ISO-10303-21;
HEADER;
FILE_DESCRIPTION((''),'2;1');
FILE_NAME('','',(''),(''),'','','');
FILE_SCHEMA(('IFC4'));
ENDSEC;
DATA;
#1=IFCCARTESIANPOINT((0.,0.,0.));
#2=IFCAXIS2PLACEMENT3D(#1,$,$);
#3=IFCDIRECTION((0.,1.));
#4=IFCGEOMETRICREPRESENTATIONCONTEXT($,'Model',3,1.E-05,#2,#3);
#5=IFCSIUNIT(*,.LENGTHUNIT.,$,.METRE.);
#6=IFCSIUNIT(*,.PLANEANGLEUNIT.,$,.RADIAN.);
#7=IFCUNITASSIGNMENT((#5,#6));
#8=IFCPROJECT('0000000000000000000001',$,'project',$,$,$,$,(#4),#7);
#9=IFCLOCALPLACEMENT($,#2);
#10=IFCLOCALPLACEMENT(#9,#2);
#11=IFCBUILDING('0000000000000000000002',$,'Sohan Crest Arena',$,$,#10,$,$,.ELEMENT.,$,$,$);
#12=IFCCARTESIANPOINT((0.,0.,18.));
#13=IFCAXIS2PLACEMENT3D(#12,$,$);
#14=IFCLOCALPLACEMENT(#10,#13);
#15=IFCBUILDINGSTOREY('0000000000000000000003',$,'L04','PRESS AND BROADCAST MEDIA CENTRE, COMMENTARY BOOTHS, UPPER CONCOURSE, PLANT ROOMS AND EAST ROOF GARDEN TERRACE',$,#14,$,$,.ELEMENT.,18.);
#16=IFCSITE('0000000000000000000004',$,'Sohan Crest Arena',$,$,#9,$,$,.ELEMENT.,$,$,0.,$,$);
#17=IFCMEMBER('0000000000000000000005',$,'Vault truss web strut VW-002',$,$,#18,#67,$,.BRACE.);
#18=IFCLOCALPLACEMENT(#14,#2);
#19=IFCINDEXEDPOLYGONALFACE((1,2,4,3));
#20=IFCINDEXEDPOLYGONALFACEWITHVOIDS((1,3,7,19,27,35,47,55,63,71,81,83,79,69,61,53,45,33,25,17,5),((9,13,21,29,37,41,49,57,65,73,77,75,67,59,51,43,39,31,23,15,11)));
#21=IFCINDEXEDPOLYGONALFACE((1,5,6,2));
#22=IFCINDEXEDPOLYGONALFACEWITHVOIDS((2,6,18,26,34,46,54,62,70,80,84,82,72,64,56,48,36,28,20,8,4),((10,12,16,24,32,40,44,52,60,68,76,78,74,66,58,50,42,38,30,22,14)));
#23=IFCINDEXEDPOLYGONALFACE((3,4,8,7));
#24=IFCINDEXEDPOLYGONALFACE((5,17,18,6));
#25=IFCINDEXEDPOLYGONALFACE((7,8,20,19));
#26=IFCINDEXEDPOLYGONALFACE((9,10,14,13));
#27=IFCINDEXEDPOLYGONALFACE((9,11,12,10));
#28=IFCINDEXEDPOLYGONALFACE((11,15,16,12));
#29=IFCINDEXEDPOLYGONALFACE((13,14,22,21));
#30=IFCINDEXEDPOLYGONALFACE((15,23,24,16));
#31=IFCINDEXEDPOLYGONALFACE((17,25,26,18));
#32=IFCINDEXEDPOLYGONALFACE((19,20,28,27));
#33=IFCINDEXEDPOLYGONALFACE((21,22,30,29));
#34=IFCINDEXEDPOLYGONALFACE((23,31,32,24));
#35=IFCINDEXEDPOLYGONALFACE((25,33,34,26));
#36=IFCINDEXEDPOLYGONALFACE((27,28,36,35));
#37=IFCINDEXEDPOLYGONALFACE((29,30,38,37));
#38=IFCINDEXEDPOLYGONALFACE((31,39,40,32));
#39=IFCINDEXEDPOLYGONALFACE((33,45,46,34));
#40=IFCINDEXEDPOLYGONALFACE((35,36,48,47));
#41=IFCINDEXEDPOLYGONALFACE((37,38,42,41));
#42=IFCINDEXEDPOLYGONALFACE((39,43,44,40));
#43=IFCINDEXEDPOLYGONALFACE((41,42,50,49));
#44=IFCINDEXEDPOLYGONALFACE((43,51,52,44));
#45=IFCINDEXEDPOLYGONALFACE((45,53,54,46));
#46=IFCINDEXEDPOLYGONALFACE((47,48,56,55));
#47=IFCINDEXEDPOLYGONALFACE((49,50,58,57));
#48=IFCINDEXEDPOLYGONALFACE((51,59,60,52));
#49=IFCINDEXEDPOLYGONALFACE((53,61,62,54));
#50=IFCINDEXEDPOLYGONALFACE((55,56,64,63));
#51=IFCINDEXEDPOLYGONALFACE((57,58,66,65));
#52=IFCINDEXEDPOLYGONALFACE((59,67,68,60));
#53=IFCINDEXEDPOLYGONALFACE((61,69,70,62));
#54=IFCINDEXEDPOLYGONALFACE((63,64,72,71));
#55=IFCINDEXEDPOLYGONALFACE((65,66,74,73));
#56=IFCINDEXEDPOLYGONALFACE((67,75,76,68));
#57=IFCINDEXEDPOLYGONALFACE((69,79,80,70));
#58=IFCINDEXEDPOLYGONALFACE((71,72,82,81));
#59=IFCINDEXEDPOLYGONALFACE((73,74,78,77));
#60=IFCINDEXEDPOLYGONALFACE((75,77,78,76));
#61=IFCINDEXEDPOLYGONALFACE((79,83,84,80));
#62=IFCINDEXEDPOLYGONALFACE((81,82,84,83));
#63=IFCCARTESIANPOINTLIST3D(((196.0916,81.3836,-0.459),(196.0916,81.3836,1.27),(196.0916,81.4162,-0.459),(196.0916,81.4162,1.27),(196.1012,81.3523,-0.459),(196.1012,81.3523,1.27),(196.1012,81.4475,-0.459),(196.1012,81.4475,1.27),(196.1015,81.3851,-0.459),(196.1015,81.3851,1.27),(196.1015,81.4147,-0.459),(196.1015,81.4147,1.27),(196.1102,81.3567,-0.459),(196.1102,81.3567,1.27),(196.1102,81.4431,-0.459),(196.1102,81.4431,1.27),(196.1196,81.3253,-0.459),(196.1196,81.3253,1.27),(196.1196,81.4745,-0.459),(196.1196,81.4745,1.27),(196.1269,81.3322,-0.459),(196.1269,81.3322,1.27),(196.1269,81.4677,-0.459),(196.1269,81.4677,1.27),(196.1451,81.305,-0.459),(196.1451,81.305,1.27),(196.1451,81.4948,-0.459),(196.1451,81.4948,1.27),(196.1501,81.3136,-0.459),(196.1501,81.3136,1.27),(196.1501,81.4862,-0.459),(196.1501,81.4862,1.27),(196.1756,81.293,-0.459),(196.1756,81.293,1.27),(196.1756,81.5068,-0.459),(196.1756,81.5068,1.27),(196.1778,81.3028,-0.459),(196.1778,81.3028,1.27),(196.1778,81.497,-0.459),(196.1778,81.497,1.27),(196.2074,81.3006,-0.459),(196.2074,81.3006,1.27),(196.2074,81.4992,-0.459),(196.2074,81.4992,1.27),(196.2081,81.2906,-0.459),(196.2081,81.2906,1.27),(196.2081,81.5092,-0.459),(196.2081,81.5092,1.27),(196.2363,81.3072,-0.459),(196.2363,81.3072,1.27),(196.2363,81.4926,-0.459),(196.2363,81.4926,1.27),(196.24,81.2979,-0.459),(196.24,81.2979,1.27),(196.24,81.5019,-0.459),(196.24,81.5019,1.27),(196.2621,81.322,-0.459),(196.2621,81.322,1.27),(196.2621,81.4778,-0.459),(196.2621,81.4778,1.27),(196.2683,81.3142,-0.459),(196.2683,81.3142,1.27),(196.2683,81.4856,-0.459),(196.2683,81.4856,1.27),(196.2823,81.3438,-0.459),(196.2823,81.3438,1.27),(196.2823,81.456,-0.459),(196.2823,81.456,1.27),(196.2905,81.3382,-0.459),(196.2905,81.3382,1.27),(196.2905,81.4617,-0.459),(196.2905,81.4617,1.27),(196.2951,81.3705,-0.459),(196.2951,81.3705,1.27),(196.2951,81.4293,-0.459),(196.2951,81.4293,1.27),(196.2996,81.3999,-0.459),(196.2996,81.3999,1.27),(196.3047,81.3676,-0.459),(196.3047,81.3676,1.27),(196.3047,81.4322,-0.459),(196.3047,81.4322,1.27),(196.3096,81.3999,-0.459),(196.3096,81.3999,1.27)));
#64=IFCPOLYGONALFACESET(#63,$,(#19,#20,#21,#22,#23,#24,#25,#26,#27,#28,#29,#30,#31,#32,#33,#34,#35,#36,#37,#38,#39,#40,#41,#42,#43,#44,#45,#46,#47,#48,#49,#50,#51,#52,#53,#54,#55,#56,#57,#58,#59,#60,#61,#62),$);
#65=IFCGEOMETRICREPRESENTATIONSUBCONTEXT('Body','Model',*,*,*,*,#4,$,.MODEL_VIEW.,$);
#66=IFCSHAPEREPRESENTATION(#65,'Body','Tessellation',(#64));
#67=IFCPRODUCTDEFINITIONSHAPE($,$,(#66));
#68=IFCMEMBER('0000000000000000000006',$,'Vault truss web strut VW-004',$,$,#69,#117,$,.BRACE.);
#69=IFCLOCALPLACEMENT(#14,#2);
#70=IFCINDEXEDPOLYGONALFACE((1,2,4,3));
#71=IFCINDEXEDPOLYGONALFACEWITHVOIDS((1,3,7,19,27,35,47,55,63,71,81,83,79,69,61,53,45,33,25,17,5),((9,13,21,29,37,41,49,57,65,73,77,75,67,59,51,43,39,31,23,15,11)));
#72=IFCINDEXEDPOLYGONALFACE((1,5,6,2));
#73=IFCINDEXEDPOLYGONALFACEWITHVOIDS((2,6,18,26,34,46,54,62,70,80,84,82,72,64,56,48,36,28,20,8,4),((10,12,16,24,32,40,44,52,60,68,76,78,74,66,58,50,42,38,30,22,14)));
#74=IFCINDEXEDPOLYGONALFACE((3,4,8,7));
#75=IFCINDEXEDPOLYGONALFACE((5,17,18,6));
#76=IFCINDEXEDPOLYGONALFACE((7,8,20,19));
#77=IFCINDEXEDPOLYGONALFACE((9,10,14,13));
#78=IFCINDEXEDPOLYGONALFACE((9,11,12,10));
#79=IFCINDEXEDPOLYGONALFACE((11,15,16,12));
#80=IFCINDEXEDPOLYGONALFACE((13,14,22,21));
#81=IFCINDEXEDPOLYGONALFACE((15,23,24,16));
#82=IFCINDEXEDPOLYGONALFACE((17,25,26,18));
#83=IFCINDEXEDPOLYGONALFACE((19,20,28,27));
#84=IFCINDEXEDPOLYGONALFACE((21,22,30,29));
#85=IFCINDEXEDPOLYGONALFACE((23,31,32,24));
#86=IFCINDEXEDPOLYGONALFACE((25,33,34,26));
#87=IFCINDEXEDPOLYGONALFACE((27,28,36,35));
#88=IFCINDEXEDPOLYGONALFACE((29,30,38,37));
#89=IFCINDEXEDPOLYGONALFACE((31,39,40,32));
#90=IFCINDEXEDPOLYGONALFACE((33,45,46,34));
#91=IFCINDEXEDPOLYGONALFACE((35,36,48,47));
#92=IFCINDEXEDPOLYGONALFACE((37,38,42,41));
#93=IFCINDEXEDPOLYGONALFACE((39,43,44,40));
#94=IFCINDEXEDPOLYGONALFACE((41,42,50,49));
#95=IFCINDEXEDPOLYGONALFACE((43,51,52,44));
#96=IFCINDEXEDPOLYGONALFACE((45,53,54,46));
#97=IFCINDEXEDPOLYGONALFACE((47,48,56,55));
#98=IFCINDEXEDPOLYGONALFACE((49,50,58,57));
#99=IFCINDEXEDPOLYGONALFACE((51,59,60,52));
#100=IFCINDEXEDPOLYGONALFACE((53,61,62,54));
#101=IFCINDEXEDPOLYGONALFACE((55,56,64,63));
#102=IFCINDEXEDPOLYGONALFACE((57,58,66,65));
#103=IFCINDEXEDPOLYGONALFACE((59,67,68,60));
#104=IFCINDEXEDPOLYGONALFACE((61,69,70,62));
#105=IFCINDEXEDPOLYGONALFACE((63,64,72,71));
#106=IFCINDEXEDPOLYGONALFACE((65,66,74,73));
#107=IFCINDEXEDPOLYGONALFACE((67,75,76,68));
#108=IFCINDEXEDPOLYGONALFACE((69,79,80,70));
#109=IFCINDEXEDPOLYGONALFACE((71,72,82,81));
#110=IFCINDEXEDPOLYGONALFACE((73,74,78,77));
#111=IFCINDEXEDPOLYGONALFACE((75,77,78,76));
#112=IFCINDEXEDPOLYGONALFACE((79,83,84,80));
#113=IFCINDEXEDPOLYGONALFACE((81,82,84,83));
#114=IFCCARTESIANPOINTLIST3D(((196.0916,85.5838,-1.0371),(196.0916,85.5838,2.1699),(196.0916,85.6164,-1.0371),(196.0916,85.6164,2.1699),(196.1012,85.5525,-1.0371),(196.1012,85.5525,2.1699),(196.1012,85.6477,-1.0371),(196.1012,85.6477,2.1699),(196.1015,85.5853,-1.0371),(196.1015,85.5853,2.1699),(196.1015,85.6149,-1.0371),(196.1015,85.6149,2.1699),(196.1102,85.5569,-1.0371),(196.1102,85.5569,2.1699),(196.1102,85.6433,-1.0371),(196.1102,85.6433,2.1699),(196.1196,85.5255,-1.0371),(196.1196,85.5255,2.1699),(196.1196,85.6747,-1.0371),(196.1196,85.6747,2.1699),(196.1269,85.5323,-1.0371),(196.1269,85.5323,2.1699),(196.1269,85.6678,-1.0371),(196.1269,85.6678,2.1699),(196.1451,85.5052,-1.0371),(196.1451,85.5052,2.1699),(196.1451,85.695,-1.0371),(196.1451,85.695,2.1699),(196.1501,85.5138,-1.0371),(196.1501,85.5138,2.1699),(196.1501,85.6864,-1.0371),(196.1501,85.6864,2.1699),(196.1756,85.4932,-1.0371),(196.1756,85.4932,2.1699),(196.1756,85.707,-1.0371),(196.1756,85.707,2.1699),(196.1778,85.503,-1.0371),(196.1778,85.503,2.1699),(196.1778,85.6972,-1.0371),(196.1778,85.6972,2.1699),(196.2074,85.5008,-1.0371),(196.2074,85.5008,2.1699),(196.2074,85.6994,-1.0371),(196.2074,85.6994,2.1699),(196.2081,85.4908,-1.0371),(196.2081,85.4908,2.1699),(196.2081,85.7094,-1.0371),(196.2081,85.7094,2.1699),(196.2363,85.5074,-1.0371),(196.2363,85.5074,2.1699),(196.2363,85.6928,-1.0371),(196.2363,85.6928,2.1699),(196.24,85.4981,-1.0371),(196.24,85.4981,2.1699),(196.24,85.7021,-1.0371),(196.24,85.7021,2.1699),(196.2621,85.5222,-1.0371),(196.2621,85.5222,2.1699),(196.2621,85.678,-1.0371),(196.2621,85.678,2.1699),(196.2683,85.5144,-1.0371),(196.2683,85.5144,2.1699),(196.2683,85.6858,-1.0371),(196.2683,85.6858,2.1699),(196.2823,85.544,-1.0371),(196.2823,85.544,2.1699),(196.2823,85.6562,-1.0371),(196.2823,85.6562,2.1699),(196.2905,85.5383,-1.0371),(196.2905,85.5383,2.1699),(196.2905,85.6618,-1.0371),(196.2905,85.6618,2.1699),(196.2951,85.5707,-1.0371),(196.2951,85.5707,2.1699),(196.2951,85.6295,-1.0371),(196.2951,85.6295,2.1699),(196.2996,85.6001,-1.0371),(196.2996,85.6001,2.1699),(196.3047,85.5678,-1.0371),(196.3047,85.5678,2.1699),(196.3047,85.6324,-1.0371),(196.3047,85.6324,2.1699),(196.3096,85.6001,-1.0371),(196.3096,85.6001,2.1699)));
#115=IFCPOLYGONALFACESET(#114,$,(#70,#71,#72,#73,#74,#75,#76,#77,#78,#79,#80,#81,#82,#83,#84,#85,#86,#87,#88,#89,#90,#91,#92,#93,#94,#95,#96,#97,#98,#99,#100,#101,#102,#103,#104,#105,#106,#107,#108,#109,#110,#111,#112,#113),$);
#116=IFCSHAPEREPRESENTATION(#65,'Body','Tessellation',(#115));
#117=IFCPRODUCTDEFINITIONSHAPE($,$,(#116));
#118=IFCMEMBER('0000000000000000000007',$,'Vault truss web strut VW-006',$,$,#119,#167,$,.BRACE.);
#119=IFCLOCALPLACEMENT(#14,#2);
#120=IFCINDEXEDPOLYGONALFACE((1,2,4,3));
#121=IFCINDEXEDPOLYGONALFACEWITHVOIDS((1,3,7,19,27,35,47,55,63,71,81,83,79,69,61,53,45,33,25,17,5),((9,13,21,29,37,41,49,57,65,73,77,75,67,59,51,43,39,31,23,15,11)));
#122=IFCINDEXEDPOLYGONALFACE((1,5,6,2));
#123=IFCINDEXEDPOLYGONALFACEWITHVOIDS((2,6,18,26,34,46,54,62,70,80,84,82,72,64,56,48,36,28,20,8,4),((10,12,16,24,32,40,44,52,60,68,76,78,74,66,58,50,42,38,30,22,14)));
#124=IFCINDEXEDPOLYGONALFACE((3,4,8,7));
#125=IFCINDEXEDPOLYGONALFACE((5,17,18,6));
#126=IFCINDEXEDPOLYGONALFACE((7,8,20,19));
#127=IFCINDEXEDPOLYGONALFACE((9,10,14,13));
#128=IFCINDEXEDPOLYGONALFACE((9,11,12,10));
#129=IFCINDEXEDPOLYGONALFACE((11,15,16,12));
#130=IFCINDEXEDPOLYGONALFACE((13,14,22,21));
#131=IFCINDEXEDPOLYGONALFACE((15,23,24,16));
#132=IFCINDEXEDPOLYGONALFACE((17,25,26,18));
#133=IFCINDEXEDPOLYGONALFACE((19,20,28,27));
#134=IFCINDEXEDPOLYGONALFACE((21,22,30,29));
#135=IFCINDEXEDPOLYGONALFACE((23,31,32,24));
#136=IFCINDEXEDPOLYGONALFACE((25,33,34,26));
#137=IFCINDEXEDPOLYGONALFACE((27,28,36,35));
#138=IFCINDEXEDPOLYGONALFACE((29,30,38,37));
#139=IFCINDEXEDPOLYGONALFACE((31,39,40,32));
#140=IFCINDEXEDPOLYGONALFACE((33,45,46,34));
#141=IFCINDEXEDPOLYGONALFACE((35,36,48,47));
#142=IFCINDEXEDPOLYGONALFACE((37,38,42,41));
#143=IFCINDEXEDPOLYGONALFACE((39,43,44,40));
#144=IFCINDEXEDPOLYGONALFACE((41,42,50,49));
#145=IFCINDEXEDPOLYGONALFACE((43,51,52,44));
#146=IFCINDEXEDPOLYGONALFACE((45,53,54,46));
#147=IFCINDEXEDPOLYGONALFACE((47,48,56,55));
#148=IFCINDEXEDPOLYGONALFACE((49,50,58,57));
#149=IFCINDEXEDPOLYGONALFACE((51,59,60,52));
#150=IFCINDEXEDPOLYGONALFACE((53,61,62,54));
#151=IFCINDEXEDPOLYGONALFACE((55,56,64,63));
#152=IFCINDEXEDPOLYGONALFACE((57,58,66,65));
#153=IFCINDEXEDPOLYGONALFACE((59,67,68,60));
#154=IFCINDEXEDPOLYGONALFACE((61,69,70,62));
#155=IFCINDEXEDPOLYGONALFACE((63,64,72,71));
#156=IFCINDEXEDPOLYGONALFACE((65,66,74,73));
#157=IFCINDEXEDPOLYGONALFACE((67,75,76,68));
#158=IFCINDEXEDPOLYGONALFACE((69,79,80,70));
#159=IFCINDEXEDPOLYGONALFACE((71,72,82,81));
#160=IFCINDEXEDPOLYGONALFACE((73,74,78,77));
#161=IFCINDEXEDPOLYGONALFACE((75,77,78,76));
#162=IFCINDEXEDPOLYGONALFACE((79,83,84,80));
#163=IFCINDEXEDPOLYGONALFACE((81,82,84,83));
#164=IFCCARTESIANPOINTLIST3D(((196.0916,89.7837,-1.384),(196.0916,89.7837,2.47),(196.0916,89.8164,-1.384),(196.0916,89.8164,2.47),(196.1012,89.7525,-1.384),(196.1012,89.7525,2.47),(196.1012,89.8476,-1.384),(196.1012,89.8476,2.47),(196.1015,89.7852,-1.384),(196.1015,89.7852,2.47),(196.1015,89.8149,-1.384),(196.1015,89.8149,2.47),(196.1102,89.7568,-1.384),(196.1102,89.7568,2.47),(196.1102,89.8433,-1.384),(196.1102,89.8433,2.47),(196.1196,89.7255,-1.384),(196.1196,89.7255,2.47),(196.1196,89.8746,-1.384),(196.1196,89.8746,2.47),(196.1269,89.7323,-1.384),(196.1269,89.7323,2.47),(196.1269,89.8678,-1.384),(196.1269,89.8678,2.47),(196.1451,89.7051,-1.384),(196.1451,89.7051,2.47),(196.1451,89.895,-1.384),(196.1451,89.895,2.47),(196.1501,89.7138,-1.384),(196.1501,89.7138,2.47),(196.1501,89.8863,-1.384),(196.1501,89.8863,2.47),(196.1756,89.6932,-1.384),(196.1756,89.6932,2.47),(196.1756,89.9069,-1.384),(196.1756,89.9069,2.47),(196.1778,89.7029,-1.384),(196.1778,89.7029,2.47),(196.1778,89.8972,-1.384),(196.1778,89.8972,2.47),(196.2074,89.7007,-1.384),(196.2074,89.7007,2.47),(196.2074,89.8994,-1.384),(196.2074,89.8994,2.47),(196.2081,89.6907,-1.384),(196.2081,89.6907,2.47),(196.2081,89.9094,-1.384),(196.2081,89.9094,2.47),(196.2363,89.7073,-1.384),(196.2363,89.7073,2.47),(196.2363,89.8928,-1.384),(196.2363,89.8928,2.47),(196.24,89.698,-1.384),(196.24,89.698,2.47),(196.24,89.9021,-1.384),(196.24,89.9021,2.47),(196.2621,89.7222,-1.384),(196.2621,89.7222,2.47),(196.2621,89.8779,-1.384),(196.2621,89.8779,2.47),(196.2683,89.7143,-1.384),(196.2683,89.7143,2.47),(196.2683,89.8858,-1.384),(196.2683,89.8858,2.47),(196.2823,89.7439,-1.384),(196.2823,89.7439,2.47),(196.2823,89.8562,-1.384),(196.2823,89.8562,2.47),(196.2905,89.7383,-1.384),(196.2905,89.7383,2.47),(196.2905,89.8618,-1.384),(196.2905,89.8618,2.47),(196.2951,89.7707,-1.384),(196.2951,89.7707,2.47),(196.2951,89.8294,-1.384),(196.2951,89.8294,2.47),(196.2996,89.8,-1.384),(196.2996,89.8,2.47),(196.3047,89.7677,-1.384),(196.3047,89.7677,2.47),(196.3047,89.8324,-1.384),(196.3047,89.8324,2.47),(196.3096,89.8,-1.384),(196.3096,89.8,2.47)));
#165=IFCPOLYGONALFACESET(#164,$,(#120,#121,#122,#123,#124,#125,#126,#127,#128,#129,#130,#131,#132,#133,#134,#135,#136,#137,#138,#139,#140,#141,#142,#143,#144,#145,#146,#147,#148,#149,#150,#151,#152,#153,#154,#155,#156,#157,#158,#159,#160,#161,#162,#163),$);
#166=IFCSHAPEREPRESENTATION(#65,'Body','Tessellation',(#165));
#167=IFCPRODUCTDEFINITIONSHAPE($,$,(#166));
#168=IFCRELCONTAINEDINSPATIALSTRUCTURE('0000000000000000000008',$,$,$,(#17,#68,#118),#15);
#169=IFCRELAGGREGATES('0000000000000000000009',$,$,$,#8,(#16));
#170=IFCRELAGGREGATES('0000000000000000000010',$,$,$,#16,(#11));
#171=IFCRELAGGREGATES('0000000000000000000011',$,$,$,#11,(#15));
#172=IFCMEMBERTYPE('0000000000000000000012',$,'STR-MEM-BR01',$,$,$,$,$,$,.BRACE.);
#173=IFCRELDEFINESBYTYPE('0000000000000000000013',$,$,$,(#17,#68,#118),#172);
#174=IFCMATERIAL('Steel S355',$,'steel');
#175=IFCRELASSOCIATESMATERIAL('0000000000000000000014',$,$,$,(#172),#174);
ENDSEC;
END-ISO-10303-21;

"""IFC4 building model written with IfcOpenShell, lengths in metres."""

from ifc_helpers import new_model, si_unit, direction, frame, origin, origin_2d, place, context, subcontext, project, spatial, hollow_circle, extrude, material, material_profile, profile_set, type_object, element, save


model = new_model("IFC4")

# Units and contexts
model_context = context("Model", 3, precision=1e-05, world=origin(), true_north=direction((0.0, 1.0)))
body_context = subcontext(model_context, "Body", "Model", "MODEL_VIEW")
ifc_project = project(units=[si_unit("LENGTHUNIT", "METRE"), si_unit("PLANEANGLEUNIT", "RADIAN")], contexts=[model_context])

# Site, building, storey
site_placement = place(None, origin())
site = spatial("IfcSite", under=ifc_project, at=site_placement, Name="Sohan Crest Arena", CompositionType="ELEMENT", RefElevation=0.0)
building_placement = place(site_placement, origin())
building = spatial("IfcBuilding", under=site, at=building_placement, Name="Sohan Crest Arena", CompositionType="ELEMENT")
storey_placement = place(building_placement, frame((0.0, 0.0, 18.0)))
storey = spatial("IfcBuildingStorey", under=building, at=storey_placement, Name="L04", Description="PRESS AND BROADCAST MEDIA CENTRE, COMMENTARY BOOTHS, UPPER CONCOURSE, PLANT ROOMS AND EAST ROOF GARDEN TERRACE", CompositionType="ELEMENT", Elevation=18.0)

# Shared definitions
ifc_material_1 = material(Name="Steel S355", Category="steel")

# Members
ifc_material_profile_1 = material_profile(ifc_material_1, hollow_circle(Radius=0.1096, WallThickness=0.01, at=origin_2d()), Name="CHS 219.1x10")
ifc_profile_set_1 = profile_set([ifc_material_profile_1], Name="Steel S355")
member_type_1 = type_object("IfcMemberType", Name="STR-MEM-BR01", PredefinedType="BRACE", material=ifc_profile_set_1)
member_1_placement = place(storey_placement, frame((196.2, 81.3999, -0.459), z_axis=(0.0, 0.0, 1.0), x_axis=(1.0, 0.0, 0.0)))
element("IfcMember", 1, at=member_1_placement, inside=storey, type_object=member_type_1, Name="Vault truss web strut VW-002", PredefinedType="BRACE", context=body_context, shape_type="SweptSolid", body=[
    extrude(hollow_circle(Radius=0.1096, WallThickness=0.01, at=origin_2d()), origin(), (0.0, 0.0, 1.0), 1.729),
])
member_2_placement = place(storey_placement, frame((196.2, 85.6001, -1.0371), z_axis=(0.0, 0.0, 1.0), x_axis=(1.0, 0.0, 0.0)))
element("IfcMember", 2, at=member_2_placement, inside=storey, type_object=member_type_1, Name="Vault truss web strut VW-004", PredefinedType="BRACE", context=body_context, shape_type="SweptSolid", body=[
    extrude(hollow_circle(Radius=0.1096, WallThickness=0.01, at=origin_2d()), origin(), (0.0, 0.0, 1.0), 3.207),
])
member_3_placement = place(storey_placement, frame((196.2, 89.8, -1.384), z_axis=(0.0, 0.0, 1.0), x_axis=(1.0, 0.0, 0.0)))
element("IfcMember", 3, at=member_3_placement, inside=storey, type_object=member_type_1, Name="Vault truss web strut VW-006", PredefinedType="BRACE", context=body_context, shape_type="SweptSolid", body=[
    extrude(hollow_circle(Radius=0.1096, WallThickness=0.01, at=origin_2d()), origin(), (0.0, 0.0, 1.0), 3.854),
])

save(model, "model.ifc")
